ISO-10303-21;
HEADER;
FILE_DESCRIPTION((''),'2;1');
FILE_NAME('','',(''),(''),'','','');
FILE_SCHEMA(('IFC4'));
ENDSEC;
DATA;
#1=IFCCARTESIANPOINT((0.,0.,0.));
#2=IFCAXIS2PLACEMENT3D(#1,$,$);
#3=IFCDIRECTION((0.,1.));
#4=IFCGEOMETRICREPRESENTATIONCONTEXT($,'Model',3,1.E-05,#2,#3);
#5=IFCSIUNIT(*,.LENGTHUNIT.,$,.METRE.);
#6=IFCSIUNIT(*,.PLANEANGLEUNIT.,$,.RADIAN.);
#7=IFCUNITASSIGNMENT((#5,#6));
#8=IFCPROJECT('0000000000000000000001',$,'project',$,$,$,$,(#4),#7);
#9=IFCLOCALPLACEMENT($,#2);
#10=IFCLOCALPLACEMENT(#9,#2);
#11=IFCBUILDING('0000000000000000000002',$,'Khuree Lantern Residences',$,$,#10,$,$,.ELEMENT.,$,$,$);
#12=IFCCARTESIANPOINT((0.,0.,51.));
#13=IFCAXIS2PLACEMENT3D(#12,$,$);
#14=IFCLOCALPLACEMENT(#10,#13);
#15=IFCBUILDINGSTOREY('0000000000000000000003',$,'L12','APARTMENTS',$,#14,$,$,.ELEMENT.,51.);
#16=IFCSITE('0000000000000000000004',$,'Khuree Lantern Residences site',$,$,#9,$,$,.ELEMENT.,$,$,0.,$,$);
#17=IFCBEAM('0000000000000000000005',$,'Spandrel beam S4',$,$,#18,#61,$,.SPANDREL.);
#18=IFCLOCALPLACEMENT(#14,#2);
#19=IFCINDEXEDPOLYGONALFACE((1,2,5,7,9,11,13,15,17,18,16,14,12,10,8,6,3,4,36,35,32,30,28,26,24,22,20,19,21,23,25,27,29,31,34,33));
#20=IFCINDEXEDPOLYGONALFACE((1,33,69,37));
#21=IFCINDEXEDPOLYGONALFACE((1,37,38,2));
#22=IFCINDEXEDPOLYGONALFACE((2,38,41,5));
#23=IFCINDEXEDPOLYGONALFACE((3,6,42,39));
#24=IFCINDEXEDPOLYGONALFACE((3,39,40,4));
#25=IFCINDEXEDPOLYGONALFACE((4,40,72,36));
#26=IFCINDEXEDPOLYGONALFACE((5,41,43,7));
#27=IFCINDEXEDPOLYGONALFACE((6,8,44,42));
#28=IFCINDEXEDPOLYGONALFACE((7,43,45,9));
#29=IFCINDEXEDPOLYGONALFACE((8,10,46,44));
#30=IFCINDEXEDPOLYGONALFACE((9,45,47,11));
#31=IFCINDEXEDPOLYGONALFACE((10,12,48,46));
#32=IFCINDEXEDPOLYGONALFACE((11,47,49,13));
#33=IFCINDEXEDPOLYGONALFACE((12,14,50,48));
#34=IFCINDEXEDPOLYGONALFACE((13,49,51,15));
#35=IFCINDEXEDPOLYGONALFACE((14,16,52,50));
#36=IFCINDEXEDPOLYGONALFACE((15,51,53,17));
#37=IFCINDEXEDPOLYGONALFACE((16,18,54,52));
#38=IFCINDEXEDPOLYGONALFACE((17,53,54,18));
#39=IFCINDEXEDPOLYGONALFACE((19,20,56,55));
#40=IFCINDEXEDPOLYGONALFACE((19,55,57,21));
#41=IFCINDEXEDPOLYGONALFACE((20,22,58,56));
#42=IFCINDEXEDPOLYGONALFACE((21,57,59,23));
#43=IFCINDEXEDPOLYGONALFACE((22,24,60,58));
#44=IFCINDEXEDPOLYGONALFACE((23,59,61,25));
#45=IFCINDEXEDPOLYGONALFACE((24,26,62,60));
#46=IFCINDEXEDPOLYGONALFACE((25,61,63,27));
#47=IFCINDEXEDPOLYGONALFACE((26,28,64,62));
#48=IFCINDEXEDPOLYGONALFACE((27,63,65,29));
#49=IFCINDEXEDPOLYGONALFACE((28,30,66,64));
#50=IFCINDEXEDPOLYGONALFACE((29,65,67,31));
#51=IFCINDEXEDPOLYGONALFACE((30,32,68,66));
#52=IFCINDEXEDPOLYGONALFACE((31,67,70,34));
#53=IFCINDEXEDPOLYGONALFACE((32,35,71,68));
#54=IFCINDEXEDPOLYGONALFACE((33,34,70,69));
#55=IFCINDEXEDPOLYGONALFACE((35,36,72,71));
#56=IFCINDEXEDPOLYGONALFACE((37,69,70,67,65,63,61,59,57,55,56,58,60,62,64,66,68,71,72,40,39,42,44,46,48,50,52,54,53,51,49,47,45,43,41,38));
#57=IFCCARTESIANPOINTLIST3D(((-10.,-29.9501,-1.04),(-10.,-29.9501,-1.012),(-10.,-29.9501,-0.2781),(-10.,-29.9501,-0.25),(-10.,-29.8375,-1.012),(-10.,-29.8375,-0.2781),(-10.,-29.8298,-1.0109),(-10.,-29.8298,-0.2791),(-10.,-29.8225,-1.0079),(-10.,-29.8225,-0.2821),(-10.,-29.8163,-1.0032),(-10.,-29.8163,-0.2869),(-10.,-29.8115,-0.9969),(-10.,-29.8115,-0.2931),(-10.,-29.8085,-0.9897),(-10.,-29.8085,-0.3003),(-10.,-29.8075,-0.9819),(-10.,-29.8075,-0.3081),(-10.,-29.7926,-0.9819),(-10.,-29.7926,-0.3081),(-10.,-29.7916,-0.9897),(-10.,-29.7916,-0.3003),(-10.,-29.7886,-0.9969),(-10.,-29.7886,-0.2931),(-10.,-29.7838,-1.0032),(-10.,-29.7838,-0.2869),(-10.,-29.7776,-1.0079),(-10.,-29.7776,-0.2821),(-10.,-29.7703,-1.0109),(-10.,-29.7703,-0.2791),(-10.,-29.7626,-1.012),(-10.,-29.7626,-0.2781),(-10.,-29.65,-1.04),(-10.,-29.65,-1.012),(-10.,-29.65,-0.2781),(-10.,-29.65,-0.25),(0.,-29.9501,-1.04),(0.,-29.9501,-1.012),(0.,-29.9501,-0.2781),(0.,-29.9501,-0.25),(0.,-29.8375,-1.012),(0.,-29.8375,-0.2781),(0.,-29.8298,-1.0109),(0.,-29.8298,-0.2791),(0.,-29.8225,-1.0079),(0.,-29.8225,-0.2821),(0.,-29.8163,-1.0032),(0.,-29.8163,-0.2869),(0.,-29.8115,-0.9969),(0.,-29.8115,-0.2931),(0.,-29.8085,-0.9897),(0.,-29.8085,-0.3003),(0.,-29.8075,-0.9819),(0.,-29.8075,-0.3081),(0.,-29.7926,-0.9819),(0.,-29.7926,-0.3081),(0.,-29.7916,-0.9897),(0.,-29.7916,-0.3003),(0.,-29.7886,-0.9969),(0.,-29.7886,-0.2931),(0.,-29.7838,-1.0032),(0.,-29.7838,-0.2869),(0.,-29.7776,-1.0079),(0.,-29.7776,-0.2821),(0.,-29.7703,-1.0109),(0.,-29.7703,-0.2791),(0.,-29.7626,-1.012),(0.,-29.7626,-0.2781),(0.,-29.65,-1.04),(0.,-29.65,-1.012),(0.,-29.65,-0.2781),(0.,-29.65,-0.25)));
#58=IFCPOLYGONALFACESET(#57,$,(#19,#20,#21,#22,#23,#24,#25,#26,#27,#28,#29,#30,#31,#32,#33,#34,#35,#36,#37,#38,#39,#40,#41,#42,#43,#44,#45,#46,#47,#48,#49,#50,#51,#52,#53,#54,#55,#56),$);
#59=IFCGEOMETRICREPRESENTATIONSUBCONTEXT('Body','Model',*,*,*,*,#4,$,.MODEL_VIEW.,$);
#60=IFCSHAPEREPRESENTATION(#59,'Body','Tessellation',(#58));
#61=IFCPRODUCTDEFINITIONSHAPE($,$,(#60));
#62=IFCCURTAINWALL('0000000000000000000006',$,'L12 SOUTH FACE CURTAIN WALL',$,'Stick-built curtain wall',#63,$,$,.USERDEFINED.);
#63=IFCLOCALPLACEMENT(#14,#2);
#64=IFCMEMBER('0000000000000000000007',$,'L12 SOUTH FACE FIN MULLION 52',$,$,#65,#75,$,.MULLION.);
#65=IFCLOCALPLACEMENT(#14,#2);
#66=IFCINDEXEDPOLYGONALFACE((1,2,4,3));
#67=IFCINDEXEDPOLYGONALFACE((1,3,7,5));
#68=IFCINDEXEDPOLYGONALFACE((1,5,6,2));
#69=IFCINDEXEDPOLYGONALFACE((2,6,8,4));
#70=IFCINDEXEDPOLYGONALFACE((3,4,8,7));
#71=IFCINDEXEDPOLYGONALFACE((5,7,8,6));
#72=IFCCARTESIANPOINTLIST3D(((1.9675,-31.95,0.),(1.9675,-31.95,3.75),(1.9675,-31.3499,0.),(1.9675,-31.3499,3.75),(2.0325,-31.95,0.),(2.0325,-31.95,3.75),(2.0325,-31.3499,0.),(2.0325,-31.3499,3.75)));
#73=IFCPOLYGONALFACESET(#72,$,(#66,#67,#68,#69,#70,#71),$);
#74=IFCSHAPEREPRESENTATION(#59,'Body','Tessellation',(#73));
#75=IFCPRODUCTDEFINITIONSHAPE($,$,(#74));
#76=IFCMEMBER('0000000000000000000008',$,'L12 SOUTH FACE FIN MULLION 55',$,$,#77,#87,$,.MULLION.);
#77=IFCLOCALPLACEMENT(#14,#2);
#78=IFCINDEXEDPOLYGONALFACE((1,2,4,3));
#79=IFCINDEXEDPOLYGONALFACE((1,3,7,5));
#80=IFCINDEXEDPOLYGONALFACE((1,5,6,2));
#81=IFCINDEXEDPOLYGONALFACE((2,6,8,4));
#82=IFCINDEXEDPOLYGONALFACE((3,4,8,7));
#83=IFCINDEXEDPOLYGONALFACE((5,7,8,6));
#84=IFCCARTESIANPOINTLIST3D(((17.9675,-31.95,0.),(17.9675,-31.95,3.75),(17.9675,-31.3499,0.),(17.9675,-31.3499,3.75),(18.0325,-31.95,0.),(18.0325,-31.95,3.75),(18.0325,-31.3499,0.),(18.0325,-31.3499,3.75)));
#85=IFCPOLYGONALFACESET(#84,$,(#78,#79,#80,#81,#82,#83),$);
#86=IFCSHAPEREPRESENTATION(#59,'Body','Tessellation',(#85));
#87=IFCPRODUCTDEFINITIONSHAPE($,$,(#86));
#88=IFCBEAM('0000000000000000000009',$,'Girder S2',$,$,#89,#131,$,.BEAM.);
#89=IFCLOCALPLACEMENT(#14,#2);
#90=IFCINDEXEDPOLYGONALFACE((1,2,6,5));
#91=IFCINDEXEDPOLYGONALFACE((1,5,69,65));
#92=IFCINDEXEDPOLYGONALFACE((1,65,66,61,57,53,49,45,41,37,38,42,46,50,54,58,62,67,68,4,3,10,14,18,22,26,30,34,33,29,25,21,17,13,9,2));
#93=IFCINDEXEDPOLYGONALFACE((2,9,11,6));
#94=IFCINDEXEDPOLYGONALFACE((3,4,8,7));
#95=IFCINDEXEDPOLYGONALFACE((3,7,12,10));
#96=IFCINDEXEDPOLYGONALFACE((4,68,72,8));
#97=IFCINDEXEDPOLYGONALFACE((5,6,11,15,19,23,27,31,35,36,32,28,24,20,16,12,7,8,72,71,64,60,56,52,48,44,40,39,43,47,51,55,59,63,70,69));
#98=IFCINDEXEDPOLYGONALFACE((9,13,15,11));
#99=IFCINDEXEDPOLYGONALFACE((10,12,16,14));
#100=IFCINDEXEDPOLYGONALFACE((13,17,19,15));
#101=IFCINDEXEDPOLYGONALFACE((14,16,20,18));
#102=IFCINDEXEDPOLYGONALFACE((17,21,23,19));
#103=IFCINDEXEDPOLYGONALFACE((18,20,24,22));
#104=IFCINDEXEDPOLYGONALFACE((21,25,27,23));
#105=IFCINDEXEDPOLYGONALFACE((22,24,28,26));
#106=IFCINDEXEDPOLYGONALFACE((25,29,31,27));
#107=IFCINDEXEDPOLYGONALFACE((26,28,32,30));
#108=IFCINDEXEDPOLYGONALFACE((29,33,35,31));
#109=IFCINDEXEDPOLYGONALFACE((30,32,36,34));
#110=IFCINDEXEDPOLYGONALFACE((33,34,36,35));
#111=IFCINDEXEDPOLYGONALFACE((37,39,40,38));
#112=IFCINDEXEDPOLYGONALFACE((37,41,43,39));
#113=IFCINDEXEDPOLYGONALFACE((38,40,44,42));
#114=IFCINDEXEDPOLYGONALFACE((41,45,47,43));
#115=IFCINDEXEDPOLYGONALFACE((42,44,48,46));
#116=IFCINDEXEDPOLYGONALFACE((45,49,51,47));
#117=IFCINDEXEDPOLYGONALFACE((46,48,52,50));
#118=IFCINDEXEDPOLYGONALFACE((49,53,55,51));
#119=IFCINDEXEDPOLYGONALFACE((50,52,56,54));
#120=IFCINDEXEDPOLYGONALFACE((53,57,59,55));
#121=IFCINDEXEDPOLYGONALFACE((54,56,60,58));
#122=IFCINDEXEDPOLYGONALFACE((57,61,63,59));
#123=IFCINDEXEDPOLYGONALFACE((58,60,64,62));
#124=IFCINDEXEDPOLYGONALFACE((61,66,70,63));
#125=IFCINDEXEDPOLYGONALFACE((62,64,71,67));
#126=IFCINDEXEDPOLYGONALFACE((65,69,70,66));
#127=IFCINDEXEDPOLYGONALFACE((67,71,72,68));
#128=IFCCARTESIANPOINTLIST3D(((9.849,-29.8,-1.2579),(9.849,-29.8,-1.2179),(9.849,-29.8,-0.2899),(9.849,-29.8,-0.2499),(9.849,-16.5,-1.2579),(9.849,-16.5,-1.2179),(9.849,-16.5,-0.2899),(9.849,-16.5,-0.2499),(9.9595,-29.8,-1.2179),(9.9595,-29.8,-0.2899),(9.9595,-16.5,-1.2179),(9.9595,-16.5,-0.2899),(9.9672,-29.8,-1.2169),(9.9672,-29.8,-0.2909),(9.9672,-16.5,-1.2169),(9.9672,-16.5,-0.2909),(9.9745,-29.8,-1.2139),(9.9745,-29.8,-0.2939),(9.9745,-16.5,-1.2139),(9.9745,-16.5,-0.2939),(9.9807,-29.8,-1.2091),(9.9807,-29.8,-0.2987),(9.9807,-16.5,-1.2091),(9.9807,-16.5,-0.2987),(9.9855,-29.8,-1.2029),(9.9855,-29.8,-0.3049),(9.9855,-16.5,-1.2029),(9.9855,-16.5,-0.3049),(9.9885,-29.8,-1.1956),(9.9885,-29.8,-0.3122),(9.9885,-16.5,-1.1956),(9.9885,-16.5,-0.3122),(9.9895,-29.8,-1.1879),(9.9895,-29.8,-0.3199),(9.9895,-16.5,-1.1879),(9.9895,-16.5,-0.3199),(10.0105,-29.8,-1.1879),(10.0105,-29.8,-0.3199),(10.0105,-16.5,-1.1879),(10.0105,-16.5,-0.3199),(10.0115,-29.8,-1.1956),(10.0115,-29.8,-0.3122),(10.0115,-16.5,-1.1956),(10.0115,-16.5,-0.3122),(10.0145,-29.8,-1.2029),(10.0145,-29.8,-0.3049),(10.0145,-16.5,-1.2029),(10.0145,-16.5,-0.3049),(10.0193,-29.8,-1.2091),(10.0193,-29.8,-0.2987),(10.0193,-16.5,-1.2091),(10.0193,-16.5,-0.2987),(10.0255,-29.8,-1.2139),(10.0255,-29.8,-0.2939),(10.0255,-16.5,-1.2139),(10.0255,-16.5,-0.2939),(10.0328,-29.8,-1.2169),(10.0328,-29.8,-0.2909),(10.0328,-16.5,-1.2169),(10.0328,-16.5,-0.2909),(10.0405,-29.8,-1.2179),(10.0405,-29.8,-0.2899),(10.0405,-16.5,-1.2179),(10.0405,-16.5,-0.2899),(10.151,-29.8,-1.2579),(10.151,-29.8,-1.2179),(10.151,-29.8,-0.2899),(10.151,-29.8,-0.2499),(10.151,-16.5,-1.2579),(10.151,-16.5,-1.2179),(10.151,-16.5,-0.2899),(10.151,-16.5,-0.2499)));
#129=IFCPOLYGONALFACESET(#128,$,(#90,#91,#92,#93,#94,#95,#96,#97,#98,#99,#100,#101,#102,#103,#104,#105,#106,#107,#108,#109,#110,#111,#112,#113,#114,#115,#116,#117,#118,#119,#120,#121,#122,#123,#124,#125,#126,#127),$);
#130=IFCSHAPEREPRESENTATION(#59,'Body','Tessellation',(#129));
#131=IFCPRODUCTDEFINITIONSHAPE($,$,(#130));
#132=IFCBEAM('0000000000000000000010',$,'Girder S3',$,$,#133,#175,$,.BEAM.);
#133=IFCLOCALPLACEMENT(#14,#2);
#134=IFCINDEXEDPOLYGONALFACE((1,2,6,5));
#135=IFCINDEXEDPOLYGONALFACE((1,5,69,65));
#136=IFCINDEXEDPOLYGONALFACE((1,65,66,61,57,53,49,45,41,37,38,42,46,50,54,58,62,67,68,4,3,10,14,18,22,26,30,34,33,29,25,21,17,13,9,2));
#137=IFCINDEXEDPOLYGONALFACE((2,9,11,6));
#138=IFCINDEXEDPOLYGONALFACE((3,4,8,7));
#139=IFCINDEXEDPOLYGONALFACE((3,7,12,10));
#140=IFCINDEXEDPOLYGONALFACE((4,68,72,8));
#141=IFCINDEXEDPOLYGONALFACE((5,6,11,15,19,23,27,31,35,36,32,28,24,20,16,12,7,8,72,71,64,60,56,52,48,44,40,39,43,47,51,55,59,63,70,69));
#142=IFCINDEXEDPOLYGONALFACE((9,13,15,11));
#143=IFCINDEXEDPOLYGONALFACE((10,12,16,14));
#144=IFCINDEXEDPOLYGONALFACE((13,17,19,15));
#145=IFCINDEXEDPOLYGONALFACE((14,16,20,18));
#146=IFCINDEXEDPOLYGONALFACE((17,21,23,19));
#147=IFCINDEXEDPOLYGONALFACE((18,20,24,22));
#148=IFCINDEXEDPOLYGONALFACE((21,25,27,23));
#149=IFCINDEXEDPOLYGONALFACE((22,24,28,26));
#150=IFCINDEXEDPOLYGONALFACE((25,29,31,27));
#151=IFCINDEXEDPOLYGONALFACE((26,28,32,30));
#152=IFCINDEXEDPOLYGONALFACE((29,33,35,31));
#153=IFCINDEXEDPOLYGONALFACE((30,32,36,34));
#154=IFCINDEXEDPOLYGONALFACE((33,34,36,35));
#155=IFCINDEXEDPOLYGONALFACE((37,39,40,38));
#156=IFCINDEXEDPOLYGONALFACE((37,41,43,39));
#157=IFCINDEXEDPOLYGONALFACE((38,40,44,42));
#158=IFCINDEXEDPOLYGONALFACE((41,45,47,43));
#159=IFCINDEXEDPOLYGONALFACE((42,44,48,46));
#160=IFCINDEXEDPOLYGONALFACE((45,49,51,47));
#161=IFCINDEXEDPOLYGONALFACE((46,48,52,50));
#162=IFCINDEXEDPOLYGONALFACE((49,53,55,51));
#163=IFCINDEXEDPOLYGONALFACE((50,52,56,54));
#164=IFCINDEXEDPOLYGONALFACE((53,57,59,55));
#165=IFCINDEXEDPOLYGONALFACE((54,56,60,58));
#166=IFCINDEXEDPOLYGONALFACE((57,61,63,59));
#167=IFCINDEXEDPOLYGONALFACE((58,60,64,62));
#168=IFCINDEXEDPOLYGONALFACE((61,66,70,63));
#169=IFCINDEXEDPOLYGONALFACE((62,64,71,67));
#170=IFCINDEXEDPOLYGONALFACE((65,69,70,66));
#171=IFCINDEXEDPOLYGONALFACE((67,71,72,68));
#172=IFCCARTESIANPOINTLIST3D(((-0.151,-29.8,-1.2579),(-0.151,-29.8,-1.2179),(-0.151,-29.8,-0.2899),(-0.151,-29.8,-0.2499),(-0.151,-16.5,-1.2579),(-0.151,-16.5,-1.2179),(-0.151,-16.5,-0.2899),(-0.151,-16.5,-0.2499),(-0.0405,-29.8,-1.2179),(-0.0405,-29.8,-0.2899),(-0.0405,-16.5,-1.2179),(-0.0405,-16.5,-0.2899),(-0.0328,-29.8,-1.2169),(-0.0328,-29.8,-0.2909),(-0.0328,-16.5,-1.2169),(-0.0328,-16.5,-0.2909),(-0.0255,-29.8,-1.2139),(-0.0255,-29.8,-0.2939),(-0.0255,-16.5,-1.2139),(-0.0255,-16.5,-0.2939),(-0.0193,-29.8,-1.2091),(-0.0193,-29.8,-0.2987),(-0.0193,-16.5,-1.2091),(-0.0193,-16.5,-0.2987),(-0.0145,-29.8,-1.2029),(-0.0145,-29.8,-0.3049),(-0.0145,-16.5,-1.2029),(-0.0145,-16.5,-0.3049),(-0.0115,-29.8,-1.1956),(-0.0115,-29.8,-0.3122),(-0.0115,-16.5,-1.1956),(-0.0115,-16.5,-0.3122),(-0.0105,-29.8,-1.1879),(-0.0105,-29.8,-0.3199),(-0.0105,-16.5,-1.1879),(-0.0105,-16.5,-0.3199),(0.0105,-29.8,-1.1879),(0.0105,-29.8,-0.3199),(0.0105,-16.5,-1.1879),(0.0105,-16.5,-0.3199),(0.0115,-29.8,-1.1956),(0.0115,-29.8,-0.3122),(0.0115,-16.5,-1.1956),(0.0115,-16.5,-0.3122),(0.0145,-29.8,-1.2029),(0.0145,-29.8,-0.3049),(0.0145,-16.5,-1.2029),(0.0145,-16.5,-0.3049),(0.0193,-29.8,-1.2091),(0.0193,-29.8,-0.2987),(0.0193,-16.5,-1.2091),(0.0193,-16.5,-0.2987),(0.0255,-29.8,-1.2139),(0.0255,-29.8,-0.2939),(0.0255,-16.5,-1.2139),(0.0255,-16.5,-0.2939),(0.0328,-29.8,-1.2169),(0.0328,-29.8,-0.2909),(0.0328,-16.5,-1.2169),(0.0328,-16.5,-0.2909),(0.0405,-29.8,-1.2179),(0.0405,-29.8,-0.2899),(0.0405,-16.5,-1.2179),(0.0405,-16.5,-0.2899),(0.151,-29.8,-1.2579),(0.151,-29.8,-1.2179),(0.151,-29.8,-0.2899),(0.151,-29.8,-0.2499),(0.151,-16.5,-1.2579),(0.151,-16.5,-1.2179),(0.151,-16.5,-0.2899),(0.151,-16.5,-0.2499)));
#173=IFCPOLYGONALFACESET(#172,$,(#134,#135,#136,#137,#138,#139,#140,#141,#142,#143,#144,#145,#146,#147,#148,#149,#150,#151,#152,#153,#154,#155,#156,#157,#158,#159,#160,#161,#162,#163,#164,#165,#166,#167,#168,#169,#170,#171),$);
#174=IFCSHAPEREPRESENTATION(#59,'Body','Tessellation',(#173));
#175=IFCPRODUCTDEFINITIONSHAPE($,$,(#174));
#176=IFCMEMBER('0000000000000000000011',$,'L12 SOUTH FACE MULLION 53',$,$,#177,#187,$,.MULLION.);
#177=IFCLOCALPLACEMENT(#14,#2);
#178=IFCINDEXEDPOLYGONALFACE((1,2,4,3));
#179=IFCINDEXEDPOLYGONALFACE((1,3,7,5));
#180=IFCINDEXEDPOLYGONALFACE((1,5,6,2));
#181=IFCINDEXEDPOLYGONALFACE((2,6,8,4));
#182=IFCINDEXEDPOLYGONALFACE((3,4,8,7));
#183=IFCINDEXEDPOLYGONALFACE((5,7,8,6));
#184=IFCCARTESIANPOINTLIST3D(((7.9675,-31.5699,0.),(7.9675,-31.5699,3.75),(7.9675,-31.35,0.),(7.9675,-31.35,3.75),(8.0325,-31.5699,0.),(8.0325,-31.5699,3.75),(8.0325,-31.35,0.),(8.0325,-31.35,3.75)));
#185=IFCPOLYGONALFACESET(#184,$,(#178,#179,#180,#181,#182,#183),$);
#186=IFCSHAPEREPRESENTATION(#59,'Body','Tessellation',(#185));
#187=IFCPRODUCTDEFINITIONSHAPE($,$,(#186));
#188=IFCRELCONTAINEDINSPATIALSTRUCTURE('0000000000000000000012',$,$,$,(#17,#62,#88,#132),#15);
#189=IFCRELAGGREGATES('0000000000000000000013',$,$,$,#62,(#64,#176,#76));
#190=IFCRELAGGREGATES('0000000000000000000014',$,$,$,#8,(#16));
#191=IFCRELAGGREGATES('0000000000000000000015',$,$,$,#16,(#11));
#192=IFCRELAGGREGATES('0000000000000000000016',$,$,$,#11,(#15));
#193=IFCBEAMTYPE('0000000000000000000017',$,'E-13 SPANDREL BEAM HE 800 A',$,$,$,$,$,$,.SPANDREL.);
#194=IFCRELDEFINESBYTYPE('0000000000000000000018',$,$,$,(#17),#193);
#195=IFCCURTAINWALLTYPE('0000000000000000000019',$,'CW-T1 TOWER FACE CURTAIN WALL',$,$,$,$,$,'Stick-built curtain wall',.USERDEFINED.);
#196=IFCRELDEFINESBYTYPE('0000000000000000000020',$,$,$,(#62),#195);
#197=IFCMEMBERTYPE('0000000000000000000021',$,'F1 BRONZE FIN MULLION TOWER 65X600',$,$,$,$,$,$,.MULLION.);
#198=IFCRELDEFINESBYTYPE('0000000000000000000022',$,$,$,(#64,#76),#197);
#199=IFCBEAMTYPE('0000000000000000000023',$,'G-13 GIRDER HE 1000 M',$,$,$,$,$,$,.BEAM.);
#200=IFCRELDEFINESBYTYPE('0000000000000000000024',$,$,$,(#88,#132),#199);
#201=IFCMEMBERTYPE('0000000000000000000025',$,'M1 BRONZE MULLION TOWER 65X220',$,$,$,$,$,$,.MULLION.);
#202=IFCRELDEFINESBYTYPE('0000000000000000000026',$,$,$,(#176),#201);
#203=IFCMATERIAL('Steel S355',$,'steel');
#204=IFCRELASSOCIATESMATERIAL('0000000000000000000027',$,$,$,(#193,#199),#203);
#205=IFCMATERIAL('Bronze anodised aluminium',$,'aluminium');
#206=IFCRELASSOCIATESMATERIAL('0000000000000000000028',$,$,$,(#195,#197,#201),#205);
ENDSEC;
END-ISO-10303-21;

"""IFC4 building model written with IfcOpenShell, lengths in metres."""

from ifc_helpers import new_model, si_unit, direction, frame, origin, origin_2d, place, context, subcontext, project, spatial, rectangle, i_section, extrude, material, material_profile, profile_set, type_object, element, aggregate, save


model = new_model("IFC4")

# Units and contexts
model_context = context("Model", 3, precision=1e-05, world=origin(), true_north=direction((0.0, 1.0)))
body_context = subcontext(model_context, "Body", "Model", "MODEL_VIEW")
ifc_project = project(units=[si_unit("LENGTHUNIT", "METRE"), si_unit("PLANEANGLEUNIT", "RADIAN")], contexts=[model_context])

# Site, building, storey
site_placement = place(None, origin())
site = spatial("IfcSite", under=ifc_project, at=site_placement, Name="Khuree Lantern Residences site", CompositionType="ELEMENT", RefElevation=0.0)
building_placement = place(site_placement, origin())
building = spatial("IfcBuilding", under=site, at=building_placement, Name="Khuree Lantern Residences", CompositionType="ELEMENT")
storey_placement = place(building_placement, frame((0.0, 0.0, 51.0)))
storey = spatial("IfcBuildingStorey", under=building, at=storey_placement, Name="L12", Description="APARTMENTS", CompositionType="ELEMENT", Elevation=51.0)

# Beam
ifc_material_1 = material(Name="Steel S355", Category="steel")
ifc_material_profile_1 = material_profile(ifc_material_1, i_section(OverallWidth=0.3, OverallDepth=0.79, WebThickness=0.0149, FlangeThickness=0.0281, FilletRadius=0.03, at=origin_2d()), Name="HE 800 A")
ifc_profile_set_1 = profile_set([ifc_material_profile_1], Name="Steel S355")
beam_type_1 = type_object("IfcBeamType", Name="E-13 SPANDREL BEAM HE 800 A", PredefinedType="SPANDREL", material=ifc_profile_set_1)
for number, where, z_axis, x_axis, name in (
    (1, (0.0, -29.8, -0.645), (-1.0, 0.0, 0.0), (0.0, -1.0, 0.0), "Spandrel beam S4"),
):
    element("IfcBeam", number, at=place(storey_placement, frame(where, z_axis=z_axis, x_axis=x_axis)), inside=storey, type_object=beam_type_1, Name=name, PredefinedType="SPANDREL", context=body_context, shape_type="SweptSolid", body=[
        extrude(i_section(OverallWidth=0.3, OverallDepth=0.79, WebThickness=0.0149, FlangeThickness=0.0281, FilletRadius=0.03, at=origin_2d()), origin(), (0.0, 0.0, 1.0), 10.0),
    ])

# Curtain wall, members
ifc_material_2 = material(Name="Bronze anodised aluminium", Category="aluminium")
curtain_wall_type = type_object("IfcCurtainWallType", Name="CW-T1 TOWER FACE CURTAIN WALL", ElementType="Stick-built curtain wall", PredefinedType="USERDEFINED", material=ifc_material_2)
curtain_wall_placement = place(storey_placement, origin())
curtain_wall = element("IfcCurtainWall", 2, at=curtain_wall_placement, inside=storey, type_object=curtain_wall_type, Name="L12 SOUTH FACE CURTAIN WALL", ObjectType="Stick-built curtain wall", PredefinedType="USERDEFINED")
ifc_material_profile_2 = material_profile(ifc_material_2, rectangle(XDim=0.0649, YDim=0.6001, at=origin_2d()), Name="F1 65X600")
ifc_profile_set_2 = profile_set([ifc_material_profile_2], Name="Bronze anodised aluminium")
member_type_1 = type_object("IfcMemberType", Name="F1 BRONZE FIN MULLION TOWER 65X600", PredefinedType="MULLION", material=ifc_profile_set_2)
member_1_placement = place(storey_placement, frame((2.0, -31.6499, 0.0), z_axis=(0.0, 0.0, 1.0), x_axis=(1.0, 0.0, 0.0)))
member_1 = element("IfcMember", 3, at=member_1_placement, type_object=member_type_1, Name="L12 SOUTH FACE FIN MULLION 52", PredefinedType="MULLION", context=body_context, shape_type="SweptSolid", body=[
    extrude(rectangle(XDim=0.0649, YDim=0.6001, at=origin_2d()), origin(), (0.0, 0.0, 1.0), 3.75),
])
member_2_placement = place(storey_placement, frame((18.0, -31.6499, 0.0), z_axis=(0.0, 0.0, 1.0), x_axis=(1.0, 0.0, 0.0)))
member_2 = element("IfcMember", 4, at=member_2_placement, type_object=member_type_1, Name="L12 SOUTH FACE FIN MULLION 55", PredefinedType="MULLION", context=body_context, shape_type="SweptSolid", body=[
    extrude(rectangle(XDim=0.0649, YDim=0.6001, at=origin_2d()), origin(), (0.0, 0.0, 1.0), 3.75),
])

# Beams
ifc_material_profile_3 = material_profile(ifc_material_1, i_section(OverallWidth=0.302, OverallDepth=1.0081, WebThickness=0.021, FlangeThickness=0.04, FilletRadius=0.03, at=origin_2d()), Name="HE 1000 M")
ifc_profile_set_3 = profile_set([ifc_material_profile_3], Name="Steel S355")
beam_type_2 = type_object("IfcBeamType", Name="G-13 GIRDER HE 1000 M", PredefinedType="BEAM", material=ifc_profile_set_3)
for number, where, z_axis, x_axis, name in (
    (5, (10.0, -29.8, -0.7539), (0.0, 1.0, 0.0), (-1.0, 0.0, 0.0), "Girder S2"),
    (6, (0.0, -29.8, -0.7539), (0.0, 1.0, 0.0), (-1.0, 0.0, 0.0), "Girder S3"),
):
    element("IfcBeam", number, at=place(storey_placement, frame(where, z_axis=z_axis, x_axis=x_axis)), inside=storey, type_object=beam_type_2, Name=name, PredefinedType="BEAM", context=body_context, shape_type="SweptSolid", body=[
        extrude(i_section(OverallWidth=0.302, OverallDepth=1.0081, WebThickness=0.021, FlangeThickness=0.04, FilletRadius=0.03, at=origin_2d()), origin(), (0.0, 0.0, 1.0), 13.3),
    ])

# Member
ifc_material_profile_4 = material_profile(ifc_material_2, rectangle(XDim=0.0649, YDim=0.22, at=origin_2d()), Name="M1 65X220")
ifc_profile_set_4 = profile_set([ifc_material_profile_4], Name="Bronze anodised aluminium")
member_type_2 = type_object("IfcMemberType", Name="M1 BRONZE MULLION TOWER 65X220", PredefinedType="MULLION", material=ifc_profile_set_4)
member_3_placement = place(storey_placement, frame((8.0, -31.46, 0.0), z_axis=(0.0, 0.0, 1.0), x_axis=(1.0, 0.0, 0.0)))
member_3 = element("IfcMember", 7, at=member_3_placement, type_object=member_type_2, Name="L12 SOUTH FACE MULLION 53", PredefinedType="MULLION", context=body_context, shape_type="SweptSolid", body=[
    extrude(rectangle(XDim=0.0649, YDim=0.22, at=origin_2d()), origin(), (0.0, 0.0, 1.0), 3.75),
])

aggregate(curtain_wall, [member_1, member_3, member_2])

save(model, "model.ifc")
